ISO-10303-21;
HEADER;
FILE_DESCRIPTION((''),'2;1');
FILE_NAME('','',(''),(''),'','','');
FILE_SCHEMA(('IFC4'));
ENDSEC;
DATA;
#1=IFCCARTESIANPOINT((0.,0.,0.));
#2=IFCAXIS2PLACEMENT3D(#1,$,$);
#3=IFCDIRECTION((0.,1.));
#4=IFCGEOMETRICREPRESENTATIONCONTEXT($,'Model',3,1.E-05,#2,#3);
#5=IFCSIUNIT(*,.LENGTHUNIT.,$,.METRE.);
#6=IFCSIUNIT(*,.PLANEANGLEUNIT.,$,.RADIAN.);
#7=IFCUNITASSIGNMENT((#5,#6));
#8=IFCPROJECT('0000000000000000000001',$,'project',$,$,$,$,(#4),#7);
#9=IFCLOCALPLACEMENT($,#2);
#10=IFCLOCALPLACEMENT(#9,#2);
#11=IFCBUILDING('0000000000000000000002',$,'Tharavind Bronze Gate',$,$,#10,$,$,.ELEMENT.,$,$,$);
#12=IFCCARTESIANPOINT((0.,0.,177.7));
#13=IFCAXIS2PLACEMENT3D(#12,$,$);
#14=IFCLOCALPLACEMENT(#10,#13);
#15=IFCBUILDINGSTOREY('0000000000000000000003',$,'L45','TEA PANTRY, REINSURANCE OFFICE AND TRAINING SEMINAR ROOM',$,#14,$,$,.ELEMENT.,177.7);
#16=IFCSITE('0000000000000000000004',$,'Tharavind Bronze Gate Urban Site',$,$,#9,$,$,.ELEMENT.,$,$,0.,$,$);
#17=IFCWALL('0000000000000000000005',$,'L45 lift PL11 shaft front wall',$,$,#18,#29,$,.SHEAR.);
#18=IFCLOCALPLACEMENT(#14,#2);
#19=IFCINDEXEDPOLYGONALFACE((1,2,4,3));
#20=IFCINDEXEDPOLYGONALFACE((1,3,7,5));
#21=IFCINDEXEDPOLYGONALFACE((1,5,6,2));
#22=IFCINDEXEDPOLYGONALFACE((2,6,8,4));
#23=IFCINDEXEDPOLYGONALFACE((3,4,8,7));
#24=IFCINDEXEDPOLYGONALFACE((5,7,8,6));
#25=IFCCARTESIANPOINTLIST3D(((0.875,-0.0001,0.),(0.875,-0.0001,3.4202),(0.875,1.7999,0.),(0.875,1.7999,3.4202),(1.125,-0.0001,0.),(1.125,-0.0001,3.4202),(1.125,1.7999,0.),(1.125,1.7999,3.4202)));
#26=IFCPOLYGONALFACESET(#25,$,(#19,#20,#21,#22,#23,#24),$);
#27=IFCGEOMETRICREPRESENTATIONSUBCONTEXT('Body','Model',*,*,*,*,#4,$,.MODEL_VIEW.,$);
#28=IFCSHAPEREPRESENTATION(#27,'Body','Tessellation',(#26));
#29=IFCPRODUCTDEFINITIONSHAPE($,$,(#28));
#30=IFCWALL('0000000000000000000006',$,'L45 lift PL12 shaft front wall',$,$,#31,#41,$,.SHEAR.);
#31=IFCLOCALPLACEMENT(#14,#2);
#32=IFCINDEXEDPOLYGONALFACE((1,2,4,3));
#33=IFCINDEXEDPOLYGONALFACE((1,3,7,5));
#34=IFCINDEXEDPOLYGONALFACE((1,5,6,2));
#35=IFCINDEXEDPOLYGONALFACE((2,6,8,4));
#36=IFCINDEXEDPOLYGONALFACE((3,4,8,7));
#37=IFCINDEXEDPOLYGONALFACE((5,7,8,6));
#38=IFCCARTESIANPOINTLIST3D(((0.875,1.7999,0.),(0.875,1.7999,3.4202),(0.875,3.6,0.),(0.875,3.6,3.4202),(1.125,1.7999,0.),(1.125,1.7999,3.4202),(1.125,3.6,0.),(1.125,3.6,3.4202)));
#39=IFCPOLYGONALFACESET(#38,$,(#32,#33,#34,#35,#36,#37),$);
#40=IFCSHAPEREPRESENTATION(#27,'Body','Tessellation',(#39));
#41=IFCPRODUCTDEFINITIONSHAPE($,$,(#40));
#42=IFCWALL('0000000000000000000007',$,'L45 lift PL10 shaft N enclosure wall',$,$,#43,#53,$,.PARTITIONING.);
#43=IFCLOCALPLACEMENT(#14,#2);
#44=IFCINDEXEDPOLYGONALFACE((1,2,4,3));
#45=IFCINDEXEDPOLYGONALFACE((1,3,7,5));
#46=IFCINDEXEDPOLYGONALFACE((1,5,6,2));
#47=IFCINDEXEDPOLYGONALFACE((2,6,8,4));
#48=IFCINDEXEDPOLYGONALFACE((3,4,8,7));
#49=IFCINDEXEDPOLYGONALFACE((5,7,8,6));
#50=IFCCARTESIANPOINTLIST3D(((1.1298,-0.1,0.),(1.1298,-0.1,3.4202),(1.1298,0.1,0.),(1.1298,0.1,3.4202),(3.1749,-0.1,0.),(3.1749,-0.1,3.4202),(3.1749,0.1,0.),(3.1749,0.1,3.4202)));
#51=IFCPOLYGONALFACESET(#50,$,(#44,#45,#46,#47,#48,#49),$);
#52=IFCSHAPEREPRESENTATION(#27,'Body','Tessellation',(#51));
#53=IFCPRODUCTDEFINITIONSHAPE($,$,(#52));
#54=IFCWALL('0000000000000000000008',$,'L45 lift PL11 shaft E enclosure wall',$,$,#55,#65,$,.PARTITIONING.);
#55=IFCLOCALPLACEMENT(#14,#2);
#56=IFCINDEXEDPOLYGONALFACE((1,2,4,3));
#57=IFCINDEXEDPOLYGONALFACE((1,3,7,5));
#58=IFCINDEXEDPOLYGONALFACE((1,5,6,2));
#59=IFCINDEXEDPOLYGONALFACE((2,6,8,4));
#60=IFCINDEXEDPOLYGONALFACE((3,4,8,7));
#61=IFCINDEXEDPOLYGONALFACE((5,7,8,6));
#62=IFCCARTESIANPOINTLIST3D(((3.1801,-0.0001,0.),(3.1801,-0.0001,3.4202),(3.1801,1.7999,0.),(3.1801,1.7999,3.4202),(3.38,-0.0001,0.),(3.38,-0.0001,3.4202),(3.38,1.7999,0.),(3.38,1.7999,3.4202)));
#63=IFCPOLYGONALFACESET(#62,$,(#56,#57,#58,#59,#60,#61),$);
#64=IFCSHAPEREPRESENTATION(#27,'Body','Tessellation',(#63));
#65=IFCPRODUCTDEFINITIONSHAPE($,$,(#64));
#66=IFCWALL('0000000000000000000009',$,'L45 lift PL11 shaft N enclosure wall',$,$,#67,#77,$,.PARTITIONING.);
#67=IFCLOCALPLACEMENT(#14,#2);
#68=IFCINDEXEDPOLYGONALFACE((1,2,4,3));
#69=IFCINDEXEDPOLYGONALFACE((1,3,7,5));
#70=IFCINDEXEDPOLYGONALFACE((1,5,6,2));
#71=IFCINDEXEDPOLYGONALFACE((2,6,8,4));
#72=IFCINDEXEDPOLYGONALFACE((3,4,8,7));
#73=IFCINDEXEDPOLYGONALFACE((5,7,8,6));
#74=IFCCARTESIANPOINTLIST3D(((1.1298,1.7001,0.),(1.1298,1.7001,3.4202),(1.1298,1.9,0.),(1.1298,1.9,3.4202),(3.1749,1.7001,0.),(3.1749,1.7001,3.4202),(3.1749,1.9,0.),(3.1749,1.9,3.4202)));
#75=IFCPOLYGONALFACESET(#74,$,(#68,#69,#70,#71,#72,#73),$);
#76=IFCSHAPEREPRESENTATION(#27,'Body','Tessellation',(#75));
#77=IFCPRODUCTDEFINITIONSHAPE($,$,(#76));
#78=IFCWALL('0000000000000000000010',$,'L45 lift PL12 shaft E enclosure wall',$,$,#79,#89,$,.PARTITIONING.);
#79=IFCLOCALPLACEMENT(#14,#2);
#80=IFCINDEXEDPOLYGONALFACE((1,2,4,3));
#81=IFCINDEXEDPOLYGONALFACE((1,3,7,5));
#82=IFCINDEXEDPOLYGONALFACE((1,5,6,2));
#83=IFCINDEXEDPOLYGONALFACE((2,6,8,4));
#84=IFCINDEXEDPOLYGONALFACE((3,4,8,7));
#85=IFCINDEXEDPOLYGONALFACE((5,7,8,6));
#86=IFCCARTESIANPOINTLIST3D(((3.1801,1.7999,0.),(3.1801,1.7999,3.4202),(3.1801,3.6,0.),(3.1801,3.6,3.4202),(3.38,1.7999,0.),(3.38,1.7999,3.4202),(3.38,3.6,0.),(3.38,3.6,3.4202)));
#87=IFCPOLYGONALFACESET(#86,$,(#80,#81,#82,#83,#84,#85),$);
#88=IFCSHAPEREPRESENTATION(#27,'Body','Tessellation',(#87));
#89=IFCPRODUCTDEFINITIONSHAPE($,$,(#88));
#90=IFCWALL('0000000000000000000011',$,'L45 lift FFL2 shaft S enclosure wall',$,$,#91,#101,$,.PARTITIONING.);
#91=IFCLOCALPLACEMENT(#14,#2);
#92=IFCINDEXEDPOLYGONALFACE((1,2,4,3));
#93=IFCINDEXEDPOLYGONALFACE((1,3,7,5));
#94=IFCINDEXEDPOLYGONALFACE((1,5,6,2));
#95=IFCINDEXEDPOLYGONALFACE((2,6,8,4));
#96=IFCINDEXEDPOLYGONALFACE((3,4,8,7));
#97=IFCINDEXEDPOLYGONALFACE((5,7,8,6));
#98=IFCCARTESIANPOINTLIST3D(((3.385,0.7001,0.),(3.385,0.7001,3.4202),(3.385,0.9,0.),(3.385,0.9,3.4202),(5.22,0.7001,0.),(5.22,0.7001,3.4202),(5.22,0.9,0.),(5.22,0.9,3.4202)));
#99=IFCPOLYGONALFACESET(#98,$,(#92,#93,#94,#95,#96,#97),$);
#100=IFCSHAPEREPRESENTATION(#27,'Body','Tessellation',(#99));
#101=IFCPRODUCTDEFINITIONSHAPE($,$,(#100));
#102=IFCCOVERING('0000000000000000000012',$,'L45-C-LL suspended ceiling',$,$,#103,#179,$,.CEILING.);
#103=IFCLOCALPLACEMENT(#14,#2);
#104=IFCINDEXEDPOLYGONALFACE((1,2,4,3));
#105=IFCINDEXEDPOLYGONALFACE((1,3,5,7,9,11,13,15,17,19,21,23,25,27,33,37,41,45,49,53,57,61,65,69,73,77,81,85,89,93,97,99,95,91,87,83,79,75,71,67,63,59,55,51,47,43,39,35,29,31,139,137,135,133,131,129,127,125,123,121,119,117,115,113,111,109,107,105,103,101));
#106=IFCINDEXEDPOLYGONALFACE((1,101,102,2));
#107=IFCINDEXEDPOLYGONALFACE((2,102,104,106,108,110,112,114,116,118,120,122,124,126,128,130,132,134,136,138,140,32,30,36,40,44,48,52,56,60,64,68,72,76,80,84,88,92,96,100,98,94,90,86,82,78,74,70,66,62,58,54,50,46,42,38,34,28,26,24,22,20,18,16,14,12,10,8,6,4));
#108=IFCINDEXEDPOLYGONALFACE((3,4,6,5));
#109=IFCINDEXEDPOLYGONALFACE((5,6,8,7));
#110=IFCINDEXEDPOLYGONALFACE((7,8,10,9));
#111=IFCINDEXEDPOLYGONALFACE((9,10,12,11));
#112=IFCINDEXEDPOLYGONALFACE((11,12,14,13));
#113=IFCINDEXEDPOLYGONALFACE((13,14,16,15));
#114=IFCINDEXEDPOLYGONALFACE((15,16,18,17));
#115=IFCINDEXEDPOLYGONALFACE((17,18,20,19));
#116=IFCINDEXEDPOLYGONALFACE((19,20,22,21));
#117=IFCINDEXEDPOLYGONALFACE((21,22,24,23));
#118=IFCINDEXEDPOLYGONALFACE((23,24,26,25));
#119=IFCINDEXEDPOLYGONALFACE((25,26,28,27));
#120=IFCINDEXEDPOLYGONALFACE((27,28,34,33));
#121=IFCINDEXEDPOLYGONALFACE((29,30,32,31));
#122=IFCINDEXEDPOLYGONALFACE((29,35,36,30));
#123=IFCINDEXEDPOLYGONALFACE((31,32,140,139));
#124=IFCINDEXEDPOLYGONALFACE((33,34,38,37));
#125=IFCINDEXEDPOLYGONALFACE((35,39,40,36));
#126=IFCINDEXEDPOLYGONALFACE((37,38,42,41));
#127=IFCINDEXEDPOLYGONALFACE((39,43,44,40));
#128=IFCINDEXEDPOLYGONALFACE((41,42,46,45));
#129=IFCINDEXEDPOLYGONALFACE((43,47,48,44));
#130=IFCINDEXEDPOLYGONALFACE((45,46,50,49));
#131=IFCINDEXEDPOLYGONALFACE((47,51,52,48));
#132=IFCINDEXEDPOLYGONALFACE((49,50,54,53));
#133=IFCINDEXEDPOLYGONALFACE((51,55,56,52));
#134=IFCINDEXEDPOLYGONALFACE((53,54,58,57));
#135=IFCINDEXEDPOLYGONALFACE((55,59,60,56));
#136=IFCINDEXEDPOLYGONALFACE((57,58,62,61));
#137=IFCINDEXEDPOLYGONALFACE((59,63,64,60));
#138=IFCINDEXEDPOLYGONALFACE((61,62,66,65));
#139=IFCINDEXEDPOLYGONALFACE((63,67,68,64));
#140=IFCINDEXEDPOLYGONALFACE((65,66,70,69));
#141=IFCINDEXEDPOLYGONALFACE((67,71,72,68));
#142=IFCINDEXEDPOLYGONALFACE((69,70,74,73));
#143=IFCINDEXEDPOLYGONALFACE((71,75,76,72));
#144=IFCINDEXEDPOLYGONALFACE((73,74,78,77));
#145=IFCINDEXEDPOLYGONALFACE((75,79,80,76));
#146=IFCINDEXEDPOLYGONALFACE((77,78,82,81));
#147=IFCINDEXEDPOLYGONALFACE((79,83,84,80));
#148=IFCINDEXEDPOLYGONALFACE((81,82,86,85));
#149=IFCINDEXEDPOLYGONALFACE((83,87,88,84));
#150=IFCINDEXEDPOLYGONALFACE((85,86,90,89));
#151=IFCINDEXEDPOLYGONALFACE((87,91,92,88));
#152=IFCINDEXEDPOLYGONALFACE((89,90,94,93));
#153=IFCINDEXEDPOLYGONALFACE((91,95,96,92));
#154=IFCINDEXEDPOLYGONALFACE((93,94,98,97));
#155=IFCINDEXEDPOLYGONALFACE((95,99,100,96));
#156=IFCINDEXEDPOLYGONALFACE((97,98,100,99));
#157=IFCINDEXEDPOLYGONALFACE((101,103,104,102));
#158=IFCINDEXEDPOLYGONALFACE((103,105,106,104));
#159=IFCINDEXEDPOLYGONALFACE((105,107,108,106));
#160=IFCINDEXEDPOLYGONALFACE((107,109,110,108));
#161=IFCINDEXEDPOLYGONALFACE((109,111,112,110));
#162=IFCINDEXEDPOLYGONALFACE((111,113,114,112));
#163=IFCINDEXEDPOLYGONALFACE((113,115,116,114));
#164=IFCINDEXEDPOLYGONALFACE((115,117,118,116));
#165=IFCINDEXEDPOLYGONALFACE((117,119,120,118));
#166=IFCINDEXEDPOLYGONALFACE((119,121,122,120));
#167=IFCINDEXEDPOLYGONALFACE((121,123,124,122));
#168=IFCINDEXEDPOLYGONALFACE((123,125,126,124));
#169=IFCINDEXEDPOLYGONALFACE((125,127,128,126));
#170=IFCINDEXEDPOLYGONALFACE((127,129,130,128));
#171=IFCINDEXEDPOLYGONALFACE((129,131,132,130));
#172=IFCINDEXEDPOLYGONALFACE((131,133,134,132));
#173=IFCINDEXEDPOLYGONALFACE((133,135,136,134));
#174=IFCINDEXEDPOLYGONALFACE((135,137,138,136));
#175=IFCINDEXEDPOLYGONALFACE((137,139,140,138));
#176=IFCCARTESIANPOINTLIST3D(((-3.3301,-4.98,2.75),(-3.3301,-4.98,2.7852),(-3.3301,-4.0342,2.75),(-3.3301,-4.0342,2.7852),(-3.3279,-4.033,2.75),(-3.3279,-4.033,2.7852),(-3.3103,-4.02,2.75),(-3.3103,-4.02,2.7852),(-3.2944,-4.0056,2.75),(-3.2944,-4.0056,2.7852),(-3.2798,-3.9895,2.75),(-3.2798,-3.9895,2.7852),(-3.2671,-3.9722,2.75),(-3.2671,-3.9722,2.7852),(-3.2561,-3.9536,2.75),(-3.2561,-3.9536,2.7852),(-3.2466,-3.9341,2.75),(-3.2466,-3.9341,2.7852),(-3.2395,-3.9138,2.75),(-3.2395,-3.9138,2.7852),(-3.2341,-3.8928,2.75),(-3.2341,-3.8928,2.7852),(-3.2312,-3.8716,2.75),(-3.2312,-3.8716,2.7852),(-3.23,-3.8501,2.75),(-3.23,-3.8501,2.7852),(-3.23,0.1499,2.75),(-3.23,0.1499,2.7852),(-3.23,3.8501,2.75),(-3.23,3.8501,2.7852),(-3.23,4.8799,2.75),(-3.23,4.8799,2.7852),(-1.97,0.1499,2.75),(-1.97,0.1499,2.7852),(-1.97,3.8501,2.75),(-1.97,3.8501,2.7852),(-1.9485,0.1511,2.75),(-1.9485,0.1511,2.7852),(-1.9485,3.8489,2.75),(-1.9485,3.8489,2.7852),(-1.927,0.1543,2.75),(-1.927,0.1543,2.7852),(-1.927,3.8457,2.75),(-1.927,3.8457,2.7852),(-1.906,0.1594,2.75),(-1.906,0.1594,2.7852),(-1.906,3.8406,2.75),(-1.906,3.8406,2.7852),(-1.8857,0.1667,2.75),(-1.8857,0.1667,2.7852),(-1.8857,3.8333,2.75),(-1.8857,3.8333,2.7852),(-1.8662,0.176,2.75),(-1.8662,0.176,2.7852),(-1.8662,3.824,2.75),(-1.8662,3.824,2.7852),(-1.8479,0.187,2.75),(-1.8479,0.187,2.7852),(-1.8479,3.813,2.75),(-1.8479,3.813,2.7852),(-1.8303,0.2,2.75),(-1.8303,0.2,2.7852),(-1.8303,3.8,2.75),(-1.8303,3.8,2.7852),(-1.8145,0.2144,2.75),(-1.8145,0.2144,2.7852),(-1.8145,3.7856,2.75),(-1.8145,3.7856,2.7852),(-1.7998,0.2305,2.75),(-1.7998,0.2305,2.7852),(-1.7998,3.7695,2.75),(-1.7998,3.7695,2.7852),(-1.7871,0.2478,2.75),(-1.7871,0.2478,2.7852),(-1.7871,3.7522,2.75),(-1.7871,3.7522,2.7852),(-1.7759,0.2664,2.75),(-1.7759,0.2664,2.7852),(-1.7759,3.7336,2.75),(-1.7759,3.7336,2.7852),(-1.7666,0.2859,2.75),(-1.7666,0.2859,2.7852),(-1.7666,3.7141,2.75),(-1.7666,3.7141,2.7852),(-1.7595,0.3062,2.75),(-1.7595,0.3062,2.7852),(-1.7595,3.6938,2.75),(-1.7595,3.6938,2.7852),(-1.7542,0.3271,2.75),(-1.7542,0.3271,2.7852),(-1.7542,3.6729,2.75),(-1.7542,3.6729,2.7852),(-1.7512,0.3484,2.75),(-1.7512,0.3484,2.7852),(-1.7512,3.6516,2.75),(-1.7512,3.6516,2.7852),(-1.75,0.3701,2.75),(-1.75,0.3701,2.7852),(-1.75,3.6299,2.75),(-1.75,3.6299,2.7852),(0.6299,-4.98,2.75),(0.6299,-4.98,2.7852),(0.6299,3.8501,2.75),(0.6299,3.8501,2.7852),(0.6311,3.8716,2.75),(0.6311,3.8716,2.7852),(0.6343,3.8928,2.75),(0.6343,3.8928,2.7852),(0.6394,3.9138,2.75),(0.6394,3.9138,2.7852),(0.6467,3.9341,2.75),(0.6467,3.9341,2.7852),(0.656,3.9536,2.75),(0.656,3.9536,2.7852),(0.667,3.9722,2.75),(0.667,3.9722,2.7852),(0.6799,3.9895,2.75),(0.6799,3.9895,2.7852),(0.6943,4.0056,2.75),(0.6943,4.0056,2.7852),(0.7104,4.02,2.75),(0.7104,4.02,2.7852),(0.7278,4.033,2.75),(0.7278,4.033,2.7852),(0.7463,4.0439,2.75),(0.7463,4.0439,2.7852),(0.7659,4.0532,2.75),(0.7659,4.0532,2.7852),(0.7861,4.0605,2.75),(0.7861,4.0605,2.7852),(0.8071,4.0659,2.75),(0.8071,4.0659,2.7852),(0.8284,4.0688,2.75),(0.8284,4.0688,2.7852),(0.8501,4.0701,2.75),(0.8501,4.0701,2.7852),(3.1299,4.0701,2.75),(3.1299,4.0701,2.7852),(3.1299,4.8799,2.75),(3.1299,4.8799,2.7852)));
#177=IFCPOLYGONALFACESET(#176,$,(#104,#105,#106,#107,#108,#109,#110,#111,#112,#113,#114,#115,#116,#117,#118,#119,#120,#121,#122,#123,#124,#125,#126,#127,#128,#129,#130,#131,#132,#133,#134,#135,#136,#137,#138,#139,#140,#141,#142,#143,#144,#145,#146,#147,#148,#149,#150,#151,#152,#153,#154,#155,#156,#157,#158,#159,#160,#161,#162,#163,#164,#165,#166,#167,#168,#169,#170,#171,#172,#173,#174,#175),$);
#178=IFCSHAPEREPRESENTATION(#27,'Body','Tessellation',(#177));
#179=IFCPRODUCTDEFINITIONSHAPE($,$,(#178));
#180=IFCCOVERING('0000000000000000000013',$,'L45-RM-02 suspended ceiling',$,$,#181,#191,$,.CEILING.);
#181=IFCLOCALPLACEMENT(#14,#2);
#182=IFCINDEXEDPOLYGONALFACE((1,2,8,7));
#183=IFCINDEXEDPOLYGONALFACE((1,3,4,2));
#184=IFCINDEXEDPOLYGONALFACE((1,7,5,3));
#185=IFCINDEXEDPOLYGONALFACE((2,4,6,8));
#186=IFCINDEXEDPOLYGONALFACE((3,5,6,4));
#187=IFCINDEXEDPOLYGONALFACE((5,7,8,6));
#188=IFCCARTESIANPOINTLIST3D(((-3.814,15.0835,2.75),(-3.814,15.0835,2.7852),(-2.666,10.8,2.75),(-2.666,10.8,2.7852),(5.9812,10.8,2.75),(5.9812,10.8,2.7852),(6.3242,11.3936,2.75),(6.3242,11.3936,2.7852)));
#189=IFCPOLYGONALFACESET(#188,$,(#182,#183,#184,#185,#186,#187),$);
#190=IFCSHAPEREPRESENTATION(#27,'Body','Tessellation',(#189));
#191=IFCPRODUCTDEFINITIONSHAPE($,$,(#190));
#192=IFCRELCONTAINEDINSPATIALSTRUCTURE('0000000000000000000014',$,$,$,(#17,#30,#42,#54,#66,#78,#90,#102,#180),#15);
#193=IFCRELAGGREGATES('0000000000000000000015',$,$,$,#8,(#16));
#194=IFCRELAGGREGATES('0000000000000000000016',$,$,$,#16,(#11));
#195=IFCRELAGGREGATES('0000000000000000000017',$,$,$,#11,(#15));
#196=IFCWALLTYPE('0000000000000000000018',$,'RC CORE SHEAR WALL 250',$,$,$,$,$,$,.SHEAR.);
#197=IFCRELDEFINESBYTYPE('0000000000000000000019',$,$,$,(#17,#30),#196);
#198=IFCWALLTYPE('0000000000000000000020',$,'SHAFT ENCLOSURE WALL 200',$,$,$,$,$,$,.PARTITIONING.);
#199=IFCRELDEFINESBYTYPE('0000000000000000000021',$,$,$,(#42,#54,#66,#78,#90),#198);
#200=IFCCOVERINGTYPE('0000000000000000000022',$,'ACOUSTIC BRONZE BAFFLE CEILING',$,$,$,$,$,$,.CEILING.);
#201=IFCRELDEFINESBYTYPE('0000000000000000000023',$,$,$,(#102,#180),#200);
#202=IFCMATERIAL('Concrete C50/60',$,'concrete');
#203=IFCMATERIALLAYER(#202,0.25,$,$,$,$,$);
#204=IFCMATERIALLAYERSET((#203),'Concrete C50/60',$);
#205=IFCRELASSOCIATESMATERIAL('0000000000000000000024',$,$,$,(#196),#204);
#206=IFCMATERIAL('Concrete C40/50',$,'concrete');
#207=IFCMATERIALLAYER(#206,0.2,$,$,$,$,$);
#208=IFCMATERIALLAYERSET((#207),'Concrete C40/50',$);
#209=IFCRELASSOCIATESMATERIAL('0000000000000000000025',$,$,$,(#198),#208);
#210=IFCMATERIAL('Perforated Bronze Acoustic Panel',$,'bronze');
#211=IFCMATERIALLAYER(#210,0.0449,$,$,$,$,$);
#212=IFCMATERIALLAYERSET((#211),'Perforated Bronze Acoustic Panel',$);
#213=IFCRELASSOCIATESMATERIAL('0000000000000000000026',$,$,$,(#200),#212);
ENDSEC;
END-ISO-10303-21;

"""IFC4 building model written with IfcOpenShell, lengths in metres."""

from ifc_helpers import new_model, si_unit, direction, frame, frame_2d, origin, place, context, subcontext, project, spatial, polyline, rectangle, outline, extrude, material, layer, layer_set, type_object, element, save


model = new_model("IFC4")

# Units and contexts
model_context = context("Model", 3, precision=1e-05, world=origin(), true_north=direction((0.0, 1.0)))
body_context = subcontext(model_context, "Body", "Model", "MODEL_VIEW")
ifc_project = project(units=[si_unit("LENGTHUNIT", "METRE"), si_unit("PLANEANGLEUNIT", "RADIAN")], contexts=[model_context])

# Site, building, storey
site_placement = place(None, origin())
site = spatial("IfcSite", under=ifc_project, at=site_placement, Name="Tharavind Bronze Gate Urban Site", CompositionType="ELEMENT", RefElevation=0.0)
building_placement = place(site_placement, origin())
building = spatial("IfcBuilding", under=site, at=building_placement, Name="Tharavind Bronze Gate", CompositionType="ELEMENT")
storey_placement = place(building_placement, frame((0.0, 0.0, 177.7)))
storey = spatial("IfcBuildingStorey", under=building, at=storey_placement, Name="L45", Description="TEA PANTRY, REINSURANCE OFFICE AND TRAINING SEMINAR ROOM", CompositionType="ELEMENT", Elevation=177.7)

# Walls
ifc_material_1 = material(Name="Concrete C50/60", Category="concrete")
ifc_layer_1 = layer(ifc_material_1, 0.25)
ifc_layer_set_1 = layer_set([ifc_layer_1], Name="Concrete C50/60")
wall_type_1 = type_object("IfcWallType", Name="RC CORE SHEAR WALL 250", PredefinedType="SHEAR", material=ifc_layer_set_1)
for number, where, z_axis, x_axis, name in (
    (1, (1.0, 0.0, 0.0), (0.0, 0.0, 1.0), (0.0, 1.0, 0.0), "L45 lift PL11 shaft front wall"),
    (2, (1.0, 1.8, 0.0), (0.0, 0.0, 1.0), (0.0, 1.0, 0.0), "L45 lift PL12 shaft front wall"),
):
    element("IfcWall", number, at=place(storey_placement, frame(where, z_axis=z_axis, x_axis=x_axis)), inside=storey, type_object=wall_type_1, Name=name, PredefinedType="SHEAR", context=body_context, shape_type="SweptSolid", body=[
        extrude(rectangle(XDim=1.8, YDim=0.25, at=frame_2d((0.8999, 0.0))), origin(), (0.0, 0.0, 1.0), 3.4202),
    ])
ifc_material_2 = material(Name="Concrete C40/50", Category="concrete")
ifc_layer_2 = layer(ifc_material_2, 0.2)
ifc_layer_set_2 = layer_set([ifc_layer_2], Name="Concrete C40/50")
wall_type_2 = type_object("IfcWallType", Name="SHAFT ENCLOSURE WALL 200", PredefinedType="PARTITIONING", material=ifc_layer_set_2)
wall_1_placement = place(storey_placement, frame((1.1299, 0.0, 0.0), z_axis=(0.0, 0.0, 1.0), x_axis=(1.0, 0.0, 0.0)))
element("IfcWall", 3, at=wall_1_placement, inside=storey, type_object=wall_type_2, Name="L45 lift PL10 shaft N enclosure wall", PredefinedType="PARTITIONING", context=body_context, shape_type="SweptSolid", body=[
    extrude(rectangle(XDim=2.0452, YDim=0.2, at=frame_2d((1.0225, 0.0))), origin(), (0.0, 0.0, 1.0), 3.4202),
])
wall_2_placement = place(storey_placement, frame((3.28, 0.0, 0.0), z_axis=(0.0, 0.0, 1.0), x_axis=(0.0, 1.0, 0.0)))
element("IfcWall", 4, at=wall_2_placement, inside=storey, type_object=wall_type_2, Name="L45 lift PL11 shaft E enclosure wall", PredefinedType="PARTITIONING", context=body_context, shape_type="SweptSolid", body=[
    extrude(rectangle(XDim=1.8, YDim=0.2, at=frame_2d((0.8999, 0.0))), origin(), (0.0, 0.0, 1.0), 3.4202),
])
wall_3_placement = place(storey_placement, frame((1.1299, 1.8, 0.0), z_axis=(0.0, 0.0, 1.0), x_axis=(1.0, 0.0, 0.0)))
element("IfcWall", 5, at=wall_3_placement, inside=storey, type_object=wall_type_2, Name="L45 lift PL11 shaft N enclosure wall", PredefinedType="PARTITIONING", context=body_context, shape_type="SweptSolid", body=[
    extrude(rectangle(XDim=2.0452, YDim=0.2, at=frame_2d((1.0225, 0.0))), origin(), (0.0, 0.0, 1.0), 3.4202),
])
wall_4_placement = place(storey_placement, frame((3.28, 1.8, 0.0), z_axis=(0.0, 0.0, 1.0), x_axis=(0.0, 1.0, 0.0)))
element("IfcWall", 6, at=wall_4_placement, inside=storey, type_object=wall_type_2, Name="L45 lift PL12 shaft E enclosure wall", PredefinedType="PARTITIONING", context=body_context, shape_type="SweptSolid", body=[
    extrude(rectangle(XDim=1.8, YDim=0.2, at=frame_2d((0.8999, 0.0))), origin(), (0.0, 0.0, 1.0), 3.4202),
])
wall_5_placement = place(storey_placement, frame((3.385, 0.8, 0.0), z_axis=(0.0, 0.0, 1.0), x_axis=(1.0, 0.0, 0.0)))
element("IfcWall", 7, at=wall_5_placement, inside=storey, type_object=wall_type_2, Name="L45 lift FFL2 shaft S enclosure wall", PredefinedType="PARTITIONING", context=body_context, shape_type="SweptSolid", body=[
    extrude(rectangle(XDim=1.835, YDim=0.2, at=frame_2d((0.9175, 0.0))), origin(), (0.0, 0.0, 1.0), 3.4202),
])

# Coverings
ifc_material_3 = material(Name="Perforated Bronze Acoustic Panel", Category="bronze")
ifc_layer_3 = layer(ifc_material_3, 0.0449)
ifc_layer_set_3 = layer_set([ifc_layer_3], Name="Perforated Bronze Acoustic Panel")
covering_type_1 = type_object("IfcCoveringType", Name="ACOUSTIC BRONZE BAFFLE CEILING", PredefinedType="CEILING", material=ifc_layer_set_3)
covering_1_placement = place(storey_placement, frame((0.0, 0.0, 2.75)))
element("IfcCovering", 8, at=covering_1_placement, inside=storey, type_object=covering_type_1, Name="L45-C-LL suspended ceiling", PredefinedType="CEILING", context=body_context, shape_type="SweptSolid", body=[
    extrude(outline(polyline([(-3.3301, -4.98), (0.6299, -4.98), (0.6299, 3.8501), (0.6311, 3.8716), (0.6343, 3.8928), (0.6394, 3.9138), (0.6467, 3.9341), (0.656, 3.9536), (0.667, 3.9722), (0.6799, 3.9895), (0.6943, 4.0056), (0.7104, 4.02), (0.7278, 4.033), (0.7463, 4.0439), (0.7659, 4.0532), (0.7861, 4.0605), (0.8071, 4.0659), (0.8284, 4.0688), (0.8501, 4.0701), (3.1299, 4.0701), (3.1299, 4.8799), (-3.23, 4.8799), (-3.23, 3.8501), (-1.97, 3.8501), (-1.9485, 3.8489), (-1.927, 3.8457), (-1.906, 3.8406), (-1.8857, 3.8333), (-1.8662, 3.824), (-1.8479, 3.813), (-1.8303, 3.8), (-1.8145, 3.7856), (-1.7998, 3.7695), (-1.7871, 3.7522), (-1.7759, 3.7336), (-1.7666, 3.7141), (-1.7595, 3.6938), (-1.7542, 3.6729), (-1.7512, 3.6516), (-1.75, 3.6299), (-1.75, 0.3701), (-1.7512, 0.3484), (-1.7542, 0.3271), (-1.7595, 0.3062), (-1.7666, 0.2859), (-1.7759, 0.2664), (-1.7871, 0.2478), (-1.7998, 0.2305), (-1.8145, 0.2144), (-1.8303, 0.2), (-1.8479, 0.187), (-1.8662, 0.176), (-1.8857, 0.1667), (-1.906, 0.1594), (-1.927, 0.1543), (-1.9485, 0.1511), (-1.97, 0.1499), (-3.23, 0.1499), (-3.23, -3.8501), (-3.2312, -3.8716), (-3.2341, -3.8928), (-3.2395, -3.9138), (-3.2466, -3.9341), (-3.2561, -3.9536), (-3.2671, -3.9722), (-3.2798, -3.9895), (-3.2944, -4.0056), (-3.3103, -4.02), (-3.3279, -4.033), (-3.3301, -4.0342), (-3.3301, -4.98)])), origin(), (0.0, 0.0, 1.0), 0.0352),
])
covering_2_placement = place(storey_placement, frame((0.0, 0.0, 2.75)))
element("IfcCovering", 9, at=covering_2_placement, inside=storey, type_object=covering_type_1, Name="L45-RM-02 suspended ceiling", PredefinedType="CEILING", context=body_context, shape_type="SweptSolid", body=[
    extrude(outline(polyline([(-2.666, 10.8), (5.9812, 10.8), (6.3242, 11.3936), (-3.814, 15.0835), (-2.666, 10.8)])), origin(), (0.0, 0.0, 1.0), 0.0352),
])

save(model, "model.ifc")
